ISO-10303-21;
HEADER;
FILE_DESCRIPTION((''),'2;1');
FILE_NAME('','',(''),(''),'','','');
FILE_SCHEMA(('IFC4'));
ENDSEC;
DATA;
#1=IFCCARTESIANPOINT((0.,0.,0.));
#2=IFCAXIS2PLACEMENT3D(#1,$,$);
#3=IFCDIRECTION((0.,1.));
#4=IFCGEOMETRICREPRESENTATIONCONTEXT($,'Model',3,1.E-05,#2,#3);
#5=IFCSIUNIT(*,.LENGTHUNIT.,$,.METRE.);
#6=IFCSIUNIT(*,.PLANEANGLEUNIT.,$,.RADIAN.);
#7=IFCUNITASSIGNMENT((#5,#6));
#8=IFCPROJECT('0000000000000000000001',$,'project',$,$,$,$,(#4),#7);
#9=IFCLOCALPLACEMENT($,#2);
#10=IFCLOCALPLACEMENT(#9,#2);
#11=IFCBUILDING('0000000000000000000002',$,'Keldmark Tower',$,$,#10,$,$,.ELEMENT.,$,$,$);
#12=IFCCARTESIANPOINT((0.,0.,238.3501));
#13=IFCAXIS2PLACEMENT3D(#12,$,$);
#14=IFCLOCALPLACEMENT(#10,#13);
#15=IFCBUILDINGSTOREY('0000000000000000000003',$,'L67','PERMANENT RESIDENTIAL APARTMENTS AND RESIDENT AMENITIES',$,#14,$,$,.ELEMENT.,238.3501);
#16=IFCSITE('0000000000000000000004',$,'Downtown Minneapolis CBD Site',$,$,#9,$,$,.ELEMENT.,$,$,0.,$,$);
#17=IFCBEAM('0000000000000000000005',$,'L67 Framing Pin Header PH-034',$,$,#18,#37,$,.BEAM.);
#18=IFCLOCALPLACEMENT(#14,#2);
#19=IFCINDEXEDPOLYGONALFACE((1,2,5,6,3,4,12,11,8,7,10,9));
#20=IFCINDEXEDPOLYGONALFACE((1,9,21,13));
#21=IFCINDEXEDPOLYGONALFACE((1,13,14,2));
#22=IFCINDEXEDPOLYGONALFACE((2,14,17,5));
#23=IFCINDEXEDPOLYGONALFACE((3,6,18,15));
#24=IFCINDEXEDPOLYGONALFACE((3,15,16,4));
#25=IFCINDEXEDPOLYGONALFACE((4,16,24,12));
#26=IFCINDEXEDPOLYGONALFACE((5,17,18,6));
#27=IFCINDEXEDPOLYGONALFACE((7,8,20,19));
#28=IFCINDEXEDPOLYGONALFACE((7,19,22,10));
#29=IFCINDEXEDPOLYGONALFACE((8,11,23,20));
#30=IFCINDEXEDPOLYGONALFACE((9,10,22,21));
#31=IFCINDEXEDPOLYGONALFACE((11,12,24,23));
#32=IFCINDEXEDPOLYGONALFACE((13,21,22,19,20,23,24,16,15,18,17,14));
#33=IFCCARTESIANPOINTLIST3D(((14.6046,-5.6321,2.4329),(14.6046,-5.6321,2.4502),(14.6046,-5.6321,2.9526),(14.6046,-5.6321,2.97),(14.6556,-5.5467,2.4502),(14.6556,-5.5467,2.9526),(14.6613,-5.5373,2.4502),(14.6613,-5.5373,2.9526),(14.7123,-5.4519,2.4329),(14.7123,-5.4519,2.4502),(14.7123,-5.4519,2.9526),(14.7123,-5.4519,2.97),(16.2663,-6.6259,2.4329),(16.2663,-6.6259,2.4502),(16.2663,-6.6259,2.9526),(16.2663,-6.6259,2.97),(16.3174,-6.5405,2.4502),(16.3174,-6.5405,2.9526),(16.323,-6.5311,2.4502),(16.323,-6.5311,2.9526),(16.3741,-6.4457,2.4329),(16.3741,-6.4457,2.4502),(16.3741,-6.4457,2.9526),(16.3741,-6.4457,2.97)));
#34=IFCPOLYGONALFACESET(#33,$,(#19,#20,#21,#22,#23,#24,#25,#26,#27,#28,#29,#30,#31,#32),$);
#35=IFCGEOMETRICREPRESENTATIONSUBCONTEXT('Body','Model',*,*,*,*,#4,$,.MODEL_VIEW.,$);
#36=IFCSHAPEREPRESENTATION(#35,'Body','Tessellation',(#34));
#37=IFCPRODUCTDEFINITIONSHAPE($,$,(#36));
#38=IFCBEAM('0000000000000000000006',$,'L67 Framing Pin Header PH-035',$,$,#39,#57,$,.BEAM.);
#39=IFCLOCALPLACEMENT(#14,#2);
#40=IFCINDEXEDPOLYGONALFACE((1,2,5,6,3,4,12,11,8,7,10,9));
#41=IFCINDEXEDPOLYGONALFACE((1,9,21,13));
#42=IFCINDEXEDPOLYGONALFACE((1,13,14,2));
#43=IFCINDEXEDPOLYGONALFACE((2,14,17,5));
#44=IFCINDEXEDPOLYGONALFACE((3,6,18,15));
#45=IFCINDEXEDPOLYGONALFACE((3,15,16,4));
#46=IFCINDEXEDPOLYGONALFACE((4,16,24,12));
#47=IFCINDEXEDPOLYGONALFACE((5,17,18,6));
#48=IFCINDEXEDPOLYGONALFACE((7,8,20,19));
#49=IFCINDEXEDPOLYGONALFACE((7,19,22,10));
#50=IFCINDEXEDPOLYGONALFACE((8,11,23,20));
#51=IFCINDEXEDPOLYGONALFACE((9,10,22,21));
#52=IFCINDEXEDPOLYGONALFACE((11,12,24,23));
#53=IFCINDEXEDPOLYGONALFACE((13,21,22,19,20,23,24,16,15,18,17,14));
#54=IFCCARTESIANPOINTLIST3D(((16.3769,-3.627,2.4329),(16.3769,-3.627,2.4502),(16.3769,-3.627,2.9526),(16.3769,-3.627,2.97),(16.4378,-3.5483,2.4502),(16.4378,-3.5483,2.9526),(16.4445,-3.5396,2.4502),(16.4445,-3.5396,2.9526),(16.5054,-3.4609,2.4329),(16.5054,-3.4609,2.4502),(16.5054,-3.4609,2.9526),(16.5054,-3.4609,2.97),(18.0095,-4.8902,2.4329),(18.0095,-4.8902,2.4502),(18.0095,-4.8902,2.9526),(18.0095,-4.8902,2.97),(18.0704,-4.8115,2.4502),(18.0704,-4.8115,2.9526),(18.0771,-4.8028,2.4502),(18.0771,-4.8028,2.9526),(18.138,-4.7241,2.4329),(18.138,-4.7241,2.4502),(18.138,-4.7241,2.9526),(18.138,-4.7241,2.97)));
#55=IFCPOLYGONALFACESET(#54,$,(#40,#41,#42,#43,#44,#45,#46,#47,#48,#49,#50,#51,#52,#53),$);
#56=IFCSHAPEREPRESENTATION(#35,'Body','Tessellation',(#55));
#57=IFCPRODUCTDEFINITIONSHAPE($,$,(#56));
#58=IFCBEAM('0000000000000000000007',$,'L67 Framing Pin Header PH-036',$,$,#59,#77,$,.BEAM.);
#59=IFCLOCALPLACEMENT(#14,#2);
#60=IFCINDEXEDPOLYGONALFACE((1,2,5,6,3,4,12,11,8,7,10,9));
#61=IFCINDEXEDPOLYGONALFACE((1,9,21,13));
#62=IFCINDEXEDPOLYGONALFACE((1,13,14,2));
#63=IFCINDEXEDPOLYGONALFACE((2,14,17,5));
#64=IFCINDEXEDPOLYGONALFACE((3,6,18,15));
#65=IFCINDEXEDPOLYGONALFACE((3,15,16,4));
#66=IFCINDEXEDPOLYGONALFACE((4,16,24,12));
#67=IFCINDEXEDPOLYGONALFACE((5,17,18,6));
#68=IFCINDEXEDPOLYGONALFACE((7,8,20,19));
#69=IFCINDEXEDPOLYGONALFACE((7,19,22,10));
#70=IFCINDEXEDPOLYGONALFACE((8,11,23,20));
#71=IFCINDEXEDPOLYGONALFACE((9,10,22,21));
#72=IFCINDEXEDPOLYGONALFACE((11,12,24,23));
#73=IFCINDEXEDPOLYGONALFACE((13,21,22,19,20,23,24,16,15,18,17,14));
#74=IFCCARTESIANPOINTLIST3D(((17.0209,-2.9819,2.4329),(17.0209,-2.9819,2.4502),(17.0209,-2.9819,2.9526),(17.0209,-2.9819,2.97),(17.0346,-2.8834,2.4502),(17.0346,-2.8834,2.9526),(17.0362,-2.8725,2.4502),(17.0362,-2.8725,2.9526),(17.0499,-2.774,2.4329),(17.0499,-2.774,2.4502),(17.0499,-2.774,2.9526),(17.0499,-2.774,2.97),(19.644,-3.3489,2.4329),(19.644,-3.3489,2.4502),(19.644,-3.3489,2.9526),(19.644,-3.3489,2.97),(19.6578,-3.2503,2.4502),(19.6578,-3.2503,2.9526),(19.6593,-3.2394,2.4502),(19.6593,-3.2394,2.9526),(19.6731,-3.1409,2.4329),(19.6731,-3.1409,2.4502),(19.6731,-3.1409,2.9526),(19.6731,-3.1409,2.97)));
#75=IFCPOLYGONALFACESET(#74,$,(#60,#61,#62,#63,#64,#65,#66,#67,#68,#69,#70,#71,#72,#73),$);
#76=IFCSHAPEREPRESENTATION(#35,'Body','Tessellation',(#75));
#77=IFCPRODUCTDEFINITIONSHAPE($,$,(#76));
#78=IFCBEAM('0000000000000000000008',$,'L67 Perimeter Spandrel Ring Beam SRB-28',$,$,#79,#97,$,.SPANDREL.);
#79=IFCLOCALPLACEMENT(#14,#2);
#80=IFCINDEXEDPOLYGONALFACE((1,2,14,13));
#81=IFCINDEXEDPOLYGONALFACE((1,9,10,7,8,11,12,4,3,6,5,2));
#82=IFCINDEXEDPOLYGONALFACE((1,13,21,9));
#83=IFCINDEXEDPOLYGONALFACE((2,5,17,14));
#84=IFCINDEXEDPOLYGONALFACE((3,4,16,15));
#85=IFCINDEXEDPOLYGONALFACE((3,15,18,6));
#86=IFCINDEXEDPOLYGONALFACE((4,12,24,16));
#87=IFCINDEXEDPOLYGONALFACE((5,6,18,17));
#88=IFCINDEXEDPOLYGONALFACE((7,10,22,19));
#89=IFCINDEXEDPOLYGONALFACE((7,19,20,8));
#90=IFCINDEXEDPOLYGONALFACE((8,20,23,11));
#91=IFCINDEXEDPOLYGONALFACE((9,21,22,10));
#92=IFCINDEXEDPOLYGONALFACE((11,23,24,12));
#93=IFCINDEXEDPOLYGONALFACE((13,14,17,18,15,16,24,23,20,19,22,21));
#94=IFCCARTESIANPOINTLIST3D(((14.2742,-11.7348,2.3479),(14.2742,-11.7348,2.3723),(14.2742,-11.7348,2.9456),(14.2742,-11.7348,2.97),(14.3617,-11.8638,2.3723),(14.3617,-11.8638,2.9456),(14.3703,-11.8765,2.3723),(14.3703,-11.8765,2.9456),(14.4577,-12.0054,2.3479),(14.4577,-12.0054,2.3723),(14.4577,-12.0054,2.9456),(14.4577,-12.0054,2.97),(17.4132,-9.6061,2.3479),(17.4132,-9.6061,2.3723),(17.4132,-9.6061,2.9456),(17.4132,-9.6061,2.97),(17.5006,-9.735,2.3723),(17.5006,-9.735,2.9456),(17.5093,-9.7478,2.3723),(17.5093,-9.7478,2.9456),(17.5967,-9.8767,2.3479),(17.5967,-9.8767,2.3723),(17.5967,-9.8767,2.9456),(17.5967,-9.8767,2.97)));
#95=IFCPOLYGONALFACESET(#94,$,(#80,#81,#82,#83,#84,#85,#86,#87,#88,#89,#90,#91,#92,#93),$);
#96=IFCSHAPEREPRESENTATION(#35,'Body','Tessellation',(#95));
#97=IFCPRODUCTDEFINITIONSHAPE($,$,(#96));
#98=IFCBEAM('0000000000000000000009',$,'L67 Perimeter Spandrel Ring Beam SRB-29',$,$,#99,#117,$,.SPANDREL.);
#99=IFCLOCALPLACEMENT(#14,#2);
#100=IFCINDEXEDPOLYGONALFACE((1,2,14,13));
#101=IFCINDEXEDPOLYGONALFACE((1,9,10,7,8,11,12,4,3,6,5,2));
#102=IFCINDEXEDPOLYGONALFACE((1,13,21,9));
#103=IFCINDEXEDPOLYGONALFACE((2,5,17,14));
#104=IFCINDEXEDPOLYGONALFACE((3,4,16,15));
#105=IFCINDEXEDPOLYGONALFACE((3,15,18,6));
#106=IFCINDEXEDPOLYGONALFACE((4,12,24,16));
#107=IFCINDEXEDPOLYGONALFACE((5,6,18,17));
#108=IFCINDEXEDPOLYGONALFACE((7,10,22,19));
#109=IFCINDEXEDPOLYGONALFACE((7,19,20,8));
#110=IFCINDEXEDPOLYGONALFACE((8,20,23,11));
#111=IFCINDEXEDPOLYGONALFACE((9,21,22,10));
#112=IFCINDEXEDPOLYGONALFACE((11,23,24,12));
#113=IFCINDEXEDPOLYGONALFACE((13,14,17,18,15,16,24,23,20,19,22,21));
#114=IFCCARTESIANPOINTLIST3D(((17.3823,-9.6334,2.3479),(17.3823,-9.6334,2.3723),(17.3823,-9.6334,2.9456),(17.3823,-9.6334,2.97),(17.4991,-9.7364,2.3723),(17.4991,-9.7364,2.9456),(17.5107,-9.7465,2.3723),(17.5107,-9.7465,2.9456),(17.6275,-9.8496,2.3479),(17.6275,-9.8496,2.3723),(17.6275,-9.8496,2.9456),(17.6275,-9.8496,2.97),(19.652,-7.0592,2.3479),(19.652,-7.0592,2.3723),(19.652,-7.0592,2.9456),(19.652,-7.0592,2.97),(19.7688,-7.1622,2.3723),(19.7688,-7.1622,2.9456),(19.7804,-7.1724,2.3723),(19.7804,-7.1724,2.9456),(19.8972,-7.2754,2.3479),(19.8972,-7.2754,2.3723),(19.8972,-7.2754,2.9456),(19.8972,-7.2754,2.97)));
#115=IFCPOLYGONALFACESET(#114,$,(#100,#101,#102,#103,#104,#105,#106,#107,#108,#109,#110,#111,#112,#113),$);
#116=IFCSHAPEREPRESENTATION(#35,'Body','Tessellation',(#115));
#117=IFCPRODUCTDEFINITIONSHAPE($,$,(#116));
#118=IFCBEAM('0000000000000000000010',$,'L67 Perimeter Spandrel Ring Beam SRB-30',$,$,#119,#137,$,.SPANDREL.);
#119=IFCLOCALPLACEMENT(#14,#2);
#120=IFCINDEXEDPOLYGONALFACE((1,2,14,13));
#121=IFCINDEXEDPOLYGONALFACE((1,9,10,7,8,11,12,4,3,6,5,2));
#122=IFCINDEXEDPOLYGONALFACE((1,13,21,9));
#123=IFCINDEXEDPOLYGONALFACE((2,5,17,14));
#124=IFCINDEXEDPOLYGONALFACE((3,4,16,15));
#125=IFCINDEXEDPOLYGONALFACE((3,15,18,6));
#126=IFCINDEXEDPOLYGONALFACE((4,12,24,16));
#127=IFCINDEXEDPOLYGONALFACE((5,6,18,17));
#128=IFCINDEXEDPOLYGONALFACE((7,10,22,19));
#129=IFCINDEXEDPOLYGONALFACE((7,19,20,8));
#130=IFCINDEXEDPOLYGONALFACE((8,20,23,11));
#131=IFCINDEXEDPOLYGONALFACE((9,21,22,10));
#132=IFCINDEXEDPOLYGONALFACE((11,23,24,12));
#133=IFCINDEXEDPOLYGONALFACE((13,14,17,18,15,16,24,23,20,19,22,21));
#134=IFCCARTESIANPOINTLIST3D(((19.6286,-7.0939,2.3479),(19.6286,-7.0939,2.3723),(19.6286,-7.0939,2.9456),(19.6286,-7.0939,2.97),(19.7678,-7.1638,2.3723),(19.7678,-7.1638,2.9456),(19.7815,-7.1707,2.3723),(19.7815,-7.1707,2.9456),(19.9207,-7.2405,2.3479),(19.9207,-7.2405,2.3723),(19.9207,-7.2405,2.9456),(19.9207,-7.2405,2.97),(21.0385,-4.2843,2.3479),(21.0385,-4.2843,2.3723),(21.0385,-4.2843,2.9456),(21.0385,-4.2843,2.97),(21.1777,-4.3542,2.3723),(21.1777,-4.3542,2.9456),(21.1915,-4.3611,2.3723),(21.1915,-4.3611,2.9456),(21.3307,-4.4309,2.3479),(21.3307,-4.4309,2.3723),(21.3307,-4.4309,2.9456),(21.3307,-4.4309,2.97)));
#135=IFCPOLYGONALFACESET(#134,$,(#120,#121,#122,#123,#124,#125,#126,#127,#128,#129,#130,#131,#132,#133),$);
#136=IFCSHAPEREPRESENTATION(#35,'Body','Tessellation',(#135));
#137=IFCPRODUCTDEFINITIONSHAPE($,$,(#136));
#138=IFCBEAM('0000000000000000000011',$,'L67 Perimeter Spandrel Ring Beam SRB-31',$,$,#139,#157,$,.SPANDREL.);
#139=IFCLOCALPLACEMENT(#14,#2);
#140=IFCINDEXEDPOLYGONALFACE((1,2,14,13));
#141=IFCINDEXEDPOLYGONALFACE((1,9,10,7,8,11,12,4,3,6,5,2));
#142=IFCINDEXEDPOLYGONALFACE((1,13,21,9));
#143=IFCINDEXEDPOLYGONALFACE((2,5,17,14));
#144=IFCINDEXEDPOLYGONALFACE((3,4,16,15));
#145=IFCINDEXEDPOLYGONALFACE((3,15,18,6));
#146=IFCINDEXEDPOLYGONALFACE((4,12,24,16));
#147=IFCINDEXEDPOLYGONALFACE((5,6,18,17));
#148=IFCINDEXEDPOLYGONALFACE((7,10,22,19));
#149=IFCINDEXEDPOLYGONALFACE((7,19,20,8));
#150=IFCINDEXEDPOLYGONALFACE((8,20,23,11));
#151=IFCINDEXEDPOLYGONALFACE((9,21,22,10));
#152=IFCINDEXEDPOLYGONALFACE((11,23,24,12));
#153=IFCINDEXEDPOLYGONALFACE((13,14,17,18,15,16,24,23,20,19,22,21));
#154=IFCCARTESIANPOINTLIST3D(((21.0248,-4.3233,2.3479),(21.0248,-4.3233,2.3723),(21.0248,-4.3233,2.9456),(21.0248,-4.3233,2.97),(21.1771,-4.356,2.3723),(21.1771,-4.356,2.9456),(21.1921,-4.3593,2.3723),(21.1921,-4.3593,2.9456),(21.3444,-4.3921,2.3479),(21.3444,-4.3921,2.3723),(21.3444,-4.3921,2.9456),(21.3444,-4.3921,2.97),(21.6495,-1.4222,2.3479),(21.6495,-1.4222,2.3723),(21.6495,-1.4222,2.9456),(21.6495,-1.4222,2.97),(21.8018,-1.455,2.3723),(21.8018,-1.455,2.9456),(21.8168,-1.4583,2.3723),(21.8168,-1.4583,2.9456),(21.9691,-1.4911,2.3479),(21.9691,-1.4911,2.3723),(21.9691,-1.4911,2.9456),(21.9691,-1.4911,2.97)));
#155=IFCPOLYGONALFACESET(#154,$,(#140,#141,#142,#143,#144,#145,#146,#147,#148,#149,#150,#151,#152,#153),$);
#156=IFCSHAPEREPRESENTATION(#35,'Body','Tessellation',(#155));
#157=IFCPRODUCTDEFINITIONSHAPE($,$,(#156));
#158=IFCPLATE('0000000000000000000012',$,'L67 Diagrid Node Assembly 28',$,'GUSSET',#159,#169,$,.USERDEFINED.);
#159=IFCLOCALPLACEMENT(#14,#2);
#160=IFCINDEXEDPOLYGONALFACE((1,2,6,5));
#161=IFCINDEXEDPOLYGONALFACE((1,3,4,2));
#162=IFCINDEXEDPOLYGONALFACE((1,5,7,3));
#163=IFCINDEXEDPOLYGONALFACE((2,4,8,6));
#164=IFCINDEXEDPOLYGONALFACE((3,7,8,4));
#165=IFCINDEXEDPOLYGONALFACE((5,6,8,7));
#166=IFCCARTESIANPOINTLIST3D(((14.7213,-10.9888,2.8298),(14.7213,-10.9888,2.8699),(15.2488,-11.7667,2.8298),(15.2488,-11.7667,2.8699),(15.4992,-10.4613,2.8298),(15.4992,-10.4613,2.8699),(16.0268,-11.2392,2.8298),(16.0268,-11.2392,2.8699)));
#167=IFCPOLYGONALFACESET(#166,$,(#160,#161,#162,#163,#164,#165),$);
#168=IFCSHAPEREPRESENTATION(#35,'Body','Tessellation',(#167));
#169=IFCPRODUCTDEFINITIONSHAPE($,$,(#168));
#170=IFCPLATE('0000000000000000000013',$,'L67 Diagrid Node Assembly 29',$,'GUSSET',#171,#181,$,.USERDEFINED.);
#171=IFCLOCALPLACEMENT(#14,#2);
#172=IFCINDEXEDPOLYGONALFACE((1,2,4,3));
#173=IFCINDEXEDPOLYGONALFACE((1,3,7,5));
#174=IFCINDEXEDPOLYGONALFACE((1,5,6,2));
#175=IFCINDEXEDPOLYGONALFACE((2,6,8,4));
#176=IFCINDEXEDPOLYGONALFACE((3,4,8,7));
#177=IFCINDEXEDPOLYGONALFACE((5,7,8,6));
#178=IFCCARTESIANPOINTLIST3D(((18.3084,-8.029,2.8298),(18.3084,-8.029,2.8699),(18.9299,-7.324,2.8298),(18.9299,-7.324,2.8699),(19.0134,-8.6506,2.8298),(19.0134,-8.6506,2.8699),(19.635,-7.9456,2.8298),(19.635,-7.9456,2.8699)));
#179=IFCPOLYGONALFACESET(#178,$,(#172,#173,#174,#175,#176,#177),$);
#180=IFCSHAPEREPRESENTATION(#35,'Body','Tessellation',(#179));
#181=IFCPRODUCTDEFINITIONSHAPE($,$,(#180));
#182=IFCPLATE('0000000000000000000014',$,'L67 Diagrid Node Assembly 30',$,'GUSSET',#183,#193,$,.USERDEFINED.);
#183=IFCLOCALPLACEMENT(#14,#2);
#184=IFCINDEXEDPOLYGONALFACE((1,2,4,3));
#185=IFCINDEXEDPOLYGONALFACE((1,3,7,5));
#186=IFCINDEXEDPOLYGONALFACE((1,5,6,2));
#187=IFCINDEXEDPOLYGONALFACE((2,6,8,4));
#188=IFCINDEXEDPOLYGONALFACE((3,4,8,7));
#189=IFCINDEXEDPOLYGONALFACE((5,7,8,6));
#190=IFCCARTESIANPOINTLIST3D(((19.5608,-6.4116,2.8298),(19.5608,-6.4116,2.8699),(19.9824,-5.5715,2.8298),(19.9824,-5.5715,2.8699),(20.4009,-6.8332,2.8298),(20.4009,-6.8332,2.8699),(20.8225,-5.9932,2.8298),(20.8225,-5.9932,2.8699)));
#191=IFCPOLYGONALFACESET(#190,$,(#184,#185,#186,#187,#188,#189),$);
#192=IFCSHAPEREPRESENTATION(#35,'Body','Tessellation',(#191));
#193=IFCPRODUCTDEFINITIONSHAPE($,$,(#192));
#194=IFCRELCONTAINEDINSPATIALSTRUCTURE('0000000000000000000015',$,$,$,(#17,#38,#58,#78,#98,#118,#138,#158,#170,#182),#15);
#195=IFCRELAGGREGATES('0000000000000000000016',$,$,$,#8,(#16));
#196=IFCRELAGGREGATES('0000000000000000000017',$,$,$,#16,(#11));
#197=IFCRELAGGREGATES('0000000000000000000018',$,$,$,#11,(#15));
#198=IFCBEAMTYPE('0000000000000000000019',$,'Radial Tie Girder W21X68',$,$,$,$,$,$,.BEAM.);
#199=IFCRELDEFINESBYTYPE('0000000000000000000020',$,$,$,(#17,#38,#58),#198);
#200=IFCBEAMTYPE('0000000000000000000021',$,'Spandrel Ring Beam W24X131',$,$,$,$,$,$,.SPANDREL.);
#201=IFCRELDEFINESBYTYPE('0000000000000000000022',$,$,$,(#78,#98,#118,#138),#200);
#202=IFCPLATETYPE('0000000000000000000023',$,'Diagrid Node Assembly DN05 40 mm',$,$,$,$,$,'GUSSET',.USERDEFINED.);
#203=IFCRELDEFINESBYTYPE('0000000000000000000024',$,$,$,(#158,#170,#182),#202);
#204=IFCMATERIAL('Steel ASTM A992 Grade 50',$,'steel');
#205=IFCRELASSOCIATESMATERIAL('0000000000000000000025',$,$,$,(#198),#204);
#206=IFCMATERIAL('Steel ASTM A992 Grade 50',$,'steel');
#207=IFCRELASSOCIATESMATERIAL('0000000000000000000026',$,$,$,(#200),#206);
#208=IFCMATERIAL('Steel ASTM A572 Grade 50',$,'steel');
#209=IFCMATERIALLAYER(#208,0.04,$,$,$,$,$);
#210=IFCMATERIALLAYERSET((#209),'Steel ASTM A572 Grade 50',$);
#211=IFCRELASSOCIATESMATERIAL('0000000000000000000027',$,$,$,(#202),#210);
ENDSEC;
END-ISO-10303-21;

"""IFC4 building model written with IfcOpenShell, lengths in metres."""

from ifc_helpers import new_model, si_unit, direction, frame, origin, origin_2d, place, context, subcontext, project, spatial, rectangle, i_section, extrude, material, layer, layer_set, material_profile, profile_set, type_object, element, save


model = new_model("IFC4")

# Units and contexts
model_context = context("Model", 3, precision=1e-05, world=origin(), true_north=direction((0.0, 1.0)))
body_context = subcontext(model_context, "Body", "Model", "MODEL_VIEW")
ifc_project = project(units=[si_unit("LENGTHUNIT", "METRE"), si_unit("PLANEANGLEUNIT", "RADIAN")], contexts=[model_context])

# Site, building, storey
site_placement = place(None, origin())
site = spatial("IfcSite", under=ifc_project, at=site_placement, Name="Downtown Minneapolis CBD Site", CompositionType="ELEMENT", RefElevation=0.0)
building_placement = place(site_placement, origin())
building = spatial("IfcBuilding", under=site, at=building_placement, Name="Keldmark Tower", CompositionType="ELEMENT")
storey_placement = place(building_placement, frame((0.0, 0.0, 238.3501)))
storey = spatial("IfcBuildingStorey", under=building, at=storey_placement, Name="L67", Description="PERMANENT RESIDENTIAL APARTMENTS AND RESIDENT AMENITIES", CompositionType="ELEMENT", Elevation=238.3501)

# Beams
ifc_material_1 = material(Name="Steel ASTM A992 Grade 50", Category="steel")
ifc_material_profile_1 = material_profile(ifc_material_1, i_section(OverallWidth=0.21, OverallDepth=0.5371, WebThickness=0.011, FlangeThickness=0.0173, at=origin_2d()), Name="W21X68")
ifc_profile_set_1 = profile_set([ifc_material_profile_1], Name="Steel ASTM A992 Grade 50")
beam_type_1 = type_object("IfcBeamType", Name="Radial Tie Girder W21X68", PredefinedType="BEAM", material=ifc_profile_set_1)
beam_1_placement = place(storey_placement, frame((14.6584, -5.542, 2.7014), z_axis=(0.858226, -0.513272, 0.0), x_axis=(0.513272, 0.858226, 0.0)))
element("IfcBeam", 1, at=beam_1_placement, inside=storey, type_object=beam_type_1, Name="L67 Framing Pin Header PH-034", PredefinedType="BEAM", context=body_context, shape_type="SweptSolid", body=[
    extrude(i_section(OverallWidth=0.21, OverallDepth=0.5371, WebThickness=0.011, FlangeThickness=0.0173, at=origin_2d()), origin(), (0.0, 0.0, 1.0), 1.9363),
])
beam_2_placement = place(storey_placement, frame((16.4412, -3.5439, 2.7014), z_axis=(0.790897, -0.611949, 0.0), x_axis=(0.611949, 0.790897, 0.0)))
element("IfcBeam", 2, at=beam_2_placement, inside=storey, type_object=beam_type_1, Name="L67 Framing Pin Header PH-035", PredefinedType="BEAM", context=body_context, shape_type="SweptSolid", body=[
    extrude(i_section(OverallWidth=0.21, OverallDepth=0.5371, WebThickness=0.011, FlangeThickness=0.0173, at=origin_2d()), origin(), (0.0, 0.0, 1.0), 2.0642),
])
beam_3_placement = place(storey_placement, frame((17.0354, -2.8779, 2.7014), z_axis=(0.990356, -0.138543, 0.0), x_axis=(0.138543, 0.990356, 0.0)))
element("IfcBeam", 3, at=beam_3_placement, inside=storey, type_object=beam_type_1, Name="L67 Framing Pin Header PH-036", PredefinedType="BEAM", context=body_context, shape_type="SweptSolid", body=[
    extrude(i_section(OverallWidth=0.21, OverallDepth=0.5371, WebThickness=0.011, FlangeThickness=0.0173, at=origin_2d()), origin(), (0.0, 0.0, 1.0), 2.6487),
])
ifc_material_2 = material(Name="Steel ASTM A992 Grade 50", Category="steel")
ifc_material_profile_2 = material_profile(ifc_material_2, i_section(OverallWidth=0.3269, OverallDepth=0.6221, WebThickness=0.0154, FlangeThickness=0.0244, at=origin_2d()), Name="W24X131")
ifc_profile_set_2 = profile_set([ifc_material_profile_2], Name="Steel ASTM A992 Grade 50")
beam_type_2 = type_object("IfcBeamType", Name="Spandrel Ring Beam W24X131", PredefinedType="SPANDREL", material=ifc_profile_set_2)
beam_4_placement = place(storey_placement, frame((14.366, -11.8701, 2.6589), z_axis=(0.827637, 0.561264, 0.0), x_axis=(-0.561264, 0.827637, 0.0)))
element("IfcBeam", 4, at=beam_4_placement, inside=storey, type_object=beam_type_2, Name="L67 Perimeter Spandrel Ring Beam SRB-28", PredefinedType="SPANDREL", context=body_context, shape_type="SweptSolid", body=[
    extrude(i_section(OverallWidth=0.3269, OverallDepth=0.6221, WebThickness=0.0154, FlangeThickness=0.0244, at=origin_2d()), origin(), (0.0, 0.0, 1.0), 3.7927),
])
beam_5_placement = place(storey_placement, frame((17.5049, -9.7415, 2.6589), z_axis=(0.66136, 0.750068, 0.0), x_axis=(-0.750068, 0.66136, 0.0)))
element("IfcBeam", 5, at=beam_5_placement, inside=storey, type_object=beam_type_2, Name="L67 Perimeter Spandrel Ring Beam SRB-29", PredefinedType="SPANDREL", context=body_context, shape_type="SweptSolid", body=[
    extrude(i_section(OverallWidth=0.3269, OverallDepth=0.6221, WebThickness=0.0154, FlangeThickness=0.0244, at=origin_2d()), origin(), (0.0, 0.0, 1.0), 3.4319),
])
beam_6_placement = place(storey_placement, frame((19.7747, -7.1672, 2.6589), z_axis=(0.448518, 0.893774, 0.0), x_axis=(-0.893774, 0.448518, 0.0)))
element("IfcBeam", 6, at=beam_6_placement, inside=storey, type_object=beam_type_2, Name="L67 Perimeter Spandrel Ring Beam SRB-30", PredefinedType="SPANDREL", context=body_context, shape_type="SweptSolid", body=[
    extrude(i_section(OverallWidth=0.3269, OverallDepth=0.6221, WebThickness=0.0154, FlangeThickness=0.0244, at=origin_2d()), origin(), (0.0, 0.0, 1.0), 3.1436),
])
beam_7_placement = place(storey_placement, frame((21.1846, -4.3577, 2.6589), z_axis=(0.210523, 0.977589, 0.0), x_axis=(-0.977589, 0.210523, 0.0)))
element("IfcBeam", 7, at=beam_7_placement, inside=storey, type_object=beam_type_2, Name="L67 Perimeter Spandrel Ring Beam SRB-31", PredefinedType="SPANDREL", context=body_context, shape_type="SweptSolid", body=[
    extrude(i_section(OverallWidth=0.3269, OverallDepth=0.6221, WebThickness=0.0154, FlangeThickness=0.0244, at=origin_2d()), origin(), (0.0, 0.0, 1.0), 2.9675),
])

# Plates
ifc_material_3 = material(Name="Steel ASTM A572 Grade 50", Category="steel")
ifc_layer_1 = layer(ifc_material_3, 0.04)
ifc_layer_set_1 = layer_set([ifc_layer_1], Name="Steel ASTM A572 Grade 50")
plate_type = type_object("IfcPlateType", Name="Diagrid Node Assembly DN05 40 mm", ElementType="GUSSET", PredefinedType="USERDEFINED", material=ifc_layer_set_1)
for number, where, z_axis, x_axis, name in (
    (8, (15.374, -11.114, 2.8298), (0.0, 0.0, 1.0), (0.827669, 0.561217, 0.0), "L67 Diagrid Node Assembly 28"),
    (9, (18.9717, -7.9873, 2.8298), (0.0, 0.0, 1.0), (0.661312, 0.750111, 0.0), "L67 Diagrid Node Assembly 29"),
    (10, (20.1917, -6.2024, 2.8298), (0.0, 0.0, 1.0), (0.448539, 0.893763, 0.0), "L67 Diagrid Node Assembly 30"),
):
    element("IfcPlate", number, at=place(storey_placement, frame(where, z_axis=z_axis, x_axis=x_axis)), inside=storey, type_object=plate_type, Name=name, ObjectType="GUSSET", PredefinedType="USERDEFINED", context=body_context, shape_type="SweptSolid", body=[
        extrude(rectangle(XDim=0.9399, YDim=0.9399, at=origin_2d()), origin(), (0.0, 0.0, 1.0), 0.04),
    ])

save(model, "model.ifc")
